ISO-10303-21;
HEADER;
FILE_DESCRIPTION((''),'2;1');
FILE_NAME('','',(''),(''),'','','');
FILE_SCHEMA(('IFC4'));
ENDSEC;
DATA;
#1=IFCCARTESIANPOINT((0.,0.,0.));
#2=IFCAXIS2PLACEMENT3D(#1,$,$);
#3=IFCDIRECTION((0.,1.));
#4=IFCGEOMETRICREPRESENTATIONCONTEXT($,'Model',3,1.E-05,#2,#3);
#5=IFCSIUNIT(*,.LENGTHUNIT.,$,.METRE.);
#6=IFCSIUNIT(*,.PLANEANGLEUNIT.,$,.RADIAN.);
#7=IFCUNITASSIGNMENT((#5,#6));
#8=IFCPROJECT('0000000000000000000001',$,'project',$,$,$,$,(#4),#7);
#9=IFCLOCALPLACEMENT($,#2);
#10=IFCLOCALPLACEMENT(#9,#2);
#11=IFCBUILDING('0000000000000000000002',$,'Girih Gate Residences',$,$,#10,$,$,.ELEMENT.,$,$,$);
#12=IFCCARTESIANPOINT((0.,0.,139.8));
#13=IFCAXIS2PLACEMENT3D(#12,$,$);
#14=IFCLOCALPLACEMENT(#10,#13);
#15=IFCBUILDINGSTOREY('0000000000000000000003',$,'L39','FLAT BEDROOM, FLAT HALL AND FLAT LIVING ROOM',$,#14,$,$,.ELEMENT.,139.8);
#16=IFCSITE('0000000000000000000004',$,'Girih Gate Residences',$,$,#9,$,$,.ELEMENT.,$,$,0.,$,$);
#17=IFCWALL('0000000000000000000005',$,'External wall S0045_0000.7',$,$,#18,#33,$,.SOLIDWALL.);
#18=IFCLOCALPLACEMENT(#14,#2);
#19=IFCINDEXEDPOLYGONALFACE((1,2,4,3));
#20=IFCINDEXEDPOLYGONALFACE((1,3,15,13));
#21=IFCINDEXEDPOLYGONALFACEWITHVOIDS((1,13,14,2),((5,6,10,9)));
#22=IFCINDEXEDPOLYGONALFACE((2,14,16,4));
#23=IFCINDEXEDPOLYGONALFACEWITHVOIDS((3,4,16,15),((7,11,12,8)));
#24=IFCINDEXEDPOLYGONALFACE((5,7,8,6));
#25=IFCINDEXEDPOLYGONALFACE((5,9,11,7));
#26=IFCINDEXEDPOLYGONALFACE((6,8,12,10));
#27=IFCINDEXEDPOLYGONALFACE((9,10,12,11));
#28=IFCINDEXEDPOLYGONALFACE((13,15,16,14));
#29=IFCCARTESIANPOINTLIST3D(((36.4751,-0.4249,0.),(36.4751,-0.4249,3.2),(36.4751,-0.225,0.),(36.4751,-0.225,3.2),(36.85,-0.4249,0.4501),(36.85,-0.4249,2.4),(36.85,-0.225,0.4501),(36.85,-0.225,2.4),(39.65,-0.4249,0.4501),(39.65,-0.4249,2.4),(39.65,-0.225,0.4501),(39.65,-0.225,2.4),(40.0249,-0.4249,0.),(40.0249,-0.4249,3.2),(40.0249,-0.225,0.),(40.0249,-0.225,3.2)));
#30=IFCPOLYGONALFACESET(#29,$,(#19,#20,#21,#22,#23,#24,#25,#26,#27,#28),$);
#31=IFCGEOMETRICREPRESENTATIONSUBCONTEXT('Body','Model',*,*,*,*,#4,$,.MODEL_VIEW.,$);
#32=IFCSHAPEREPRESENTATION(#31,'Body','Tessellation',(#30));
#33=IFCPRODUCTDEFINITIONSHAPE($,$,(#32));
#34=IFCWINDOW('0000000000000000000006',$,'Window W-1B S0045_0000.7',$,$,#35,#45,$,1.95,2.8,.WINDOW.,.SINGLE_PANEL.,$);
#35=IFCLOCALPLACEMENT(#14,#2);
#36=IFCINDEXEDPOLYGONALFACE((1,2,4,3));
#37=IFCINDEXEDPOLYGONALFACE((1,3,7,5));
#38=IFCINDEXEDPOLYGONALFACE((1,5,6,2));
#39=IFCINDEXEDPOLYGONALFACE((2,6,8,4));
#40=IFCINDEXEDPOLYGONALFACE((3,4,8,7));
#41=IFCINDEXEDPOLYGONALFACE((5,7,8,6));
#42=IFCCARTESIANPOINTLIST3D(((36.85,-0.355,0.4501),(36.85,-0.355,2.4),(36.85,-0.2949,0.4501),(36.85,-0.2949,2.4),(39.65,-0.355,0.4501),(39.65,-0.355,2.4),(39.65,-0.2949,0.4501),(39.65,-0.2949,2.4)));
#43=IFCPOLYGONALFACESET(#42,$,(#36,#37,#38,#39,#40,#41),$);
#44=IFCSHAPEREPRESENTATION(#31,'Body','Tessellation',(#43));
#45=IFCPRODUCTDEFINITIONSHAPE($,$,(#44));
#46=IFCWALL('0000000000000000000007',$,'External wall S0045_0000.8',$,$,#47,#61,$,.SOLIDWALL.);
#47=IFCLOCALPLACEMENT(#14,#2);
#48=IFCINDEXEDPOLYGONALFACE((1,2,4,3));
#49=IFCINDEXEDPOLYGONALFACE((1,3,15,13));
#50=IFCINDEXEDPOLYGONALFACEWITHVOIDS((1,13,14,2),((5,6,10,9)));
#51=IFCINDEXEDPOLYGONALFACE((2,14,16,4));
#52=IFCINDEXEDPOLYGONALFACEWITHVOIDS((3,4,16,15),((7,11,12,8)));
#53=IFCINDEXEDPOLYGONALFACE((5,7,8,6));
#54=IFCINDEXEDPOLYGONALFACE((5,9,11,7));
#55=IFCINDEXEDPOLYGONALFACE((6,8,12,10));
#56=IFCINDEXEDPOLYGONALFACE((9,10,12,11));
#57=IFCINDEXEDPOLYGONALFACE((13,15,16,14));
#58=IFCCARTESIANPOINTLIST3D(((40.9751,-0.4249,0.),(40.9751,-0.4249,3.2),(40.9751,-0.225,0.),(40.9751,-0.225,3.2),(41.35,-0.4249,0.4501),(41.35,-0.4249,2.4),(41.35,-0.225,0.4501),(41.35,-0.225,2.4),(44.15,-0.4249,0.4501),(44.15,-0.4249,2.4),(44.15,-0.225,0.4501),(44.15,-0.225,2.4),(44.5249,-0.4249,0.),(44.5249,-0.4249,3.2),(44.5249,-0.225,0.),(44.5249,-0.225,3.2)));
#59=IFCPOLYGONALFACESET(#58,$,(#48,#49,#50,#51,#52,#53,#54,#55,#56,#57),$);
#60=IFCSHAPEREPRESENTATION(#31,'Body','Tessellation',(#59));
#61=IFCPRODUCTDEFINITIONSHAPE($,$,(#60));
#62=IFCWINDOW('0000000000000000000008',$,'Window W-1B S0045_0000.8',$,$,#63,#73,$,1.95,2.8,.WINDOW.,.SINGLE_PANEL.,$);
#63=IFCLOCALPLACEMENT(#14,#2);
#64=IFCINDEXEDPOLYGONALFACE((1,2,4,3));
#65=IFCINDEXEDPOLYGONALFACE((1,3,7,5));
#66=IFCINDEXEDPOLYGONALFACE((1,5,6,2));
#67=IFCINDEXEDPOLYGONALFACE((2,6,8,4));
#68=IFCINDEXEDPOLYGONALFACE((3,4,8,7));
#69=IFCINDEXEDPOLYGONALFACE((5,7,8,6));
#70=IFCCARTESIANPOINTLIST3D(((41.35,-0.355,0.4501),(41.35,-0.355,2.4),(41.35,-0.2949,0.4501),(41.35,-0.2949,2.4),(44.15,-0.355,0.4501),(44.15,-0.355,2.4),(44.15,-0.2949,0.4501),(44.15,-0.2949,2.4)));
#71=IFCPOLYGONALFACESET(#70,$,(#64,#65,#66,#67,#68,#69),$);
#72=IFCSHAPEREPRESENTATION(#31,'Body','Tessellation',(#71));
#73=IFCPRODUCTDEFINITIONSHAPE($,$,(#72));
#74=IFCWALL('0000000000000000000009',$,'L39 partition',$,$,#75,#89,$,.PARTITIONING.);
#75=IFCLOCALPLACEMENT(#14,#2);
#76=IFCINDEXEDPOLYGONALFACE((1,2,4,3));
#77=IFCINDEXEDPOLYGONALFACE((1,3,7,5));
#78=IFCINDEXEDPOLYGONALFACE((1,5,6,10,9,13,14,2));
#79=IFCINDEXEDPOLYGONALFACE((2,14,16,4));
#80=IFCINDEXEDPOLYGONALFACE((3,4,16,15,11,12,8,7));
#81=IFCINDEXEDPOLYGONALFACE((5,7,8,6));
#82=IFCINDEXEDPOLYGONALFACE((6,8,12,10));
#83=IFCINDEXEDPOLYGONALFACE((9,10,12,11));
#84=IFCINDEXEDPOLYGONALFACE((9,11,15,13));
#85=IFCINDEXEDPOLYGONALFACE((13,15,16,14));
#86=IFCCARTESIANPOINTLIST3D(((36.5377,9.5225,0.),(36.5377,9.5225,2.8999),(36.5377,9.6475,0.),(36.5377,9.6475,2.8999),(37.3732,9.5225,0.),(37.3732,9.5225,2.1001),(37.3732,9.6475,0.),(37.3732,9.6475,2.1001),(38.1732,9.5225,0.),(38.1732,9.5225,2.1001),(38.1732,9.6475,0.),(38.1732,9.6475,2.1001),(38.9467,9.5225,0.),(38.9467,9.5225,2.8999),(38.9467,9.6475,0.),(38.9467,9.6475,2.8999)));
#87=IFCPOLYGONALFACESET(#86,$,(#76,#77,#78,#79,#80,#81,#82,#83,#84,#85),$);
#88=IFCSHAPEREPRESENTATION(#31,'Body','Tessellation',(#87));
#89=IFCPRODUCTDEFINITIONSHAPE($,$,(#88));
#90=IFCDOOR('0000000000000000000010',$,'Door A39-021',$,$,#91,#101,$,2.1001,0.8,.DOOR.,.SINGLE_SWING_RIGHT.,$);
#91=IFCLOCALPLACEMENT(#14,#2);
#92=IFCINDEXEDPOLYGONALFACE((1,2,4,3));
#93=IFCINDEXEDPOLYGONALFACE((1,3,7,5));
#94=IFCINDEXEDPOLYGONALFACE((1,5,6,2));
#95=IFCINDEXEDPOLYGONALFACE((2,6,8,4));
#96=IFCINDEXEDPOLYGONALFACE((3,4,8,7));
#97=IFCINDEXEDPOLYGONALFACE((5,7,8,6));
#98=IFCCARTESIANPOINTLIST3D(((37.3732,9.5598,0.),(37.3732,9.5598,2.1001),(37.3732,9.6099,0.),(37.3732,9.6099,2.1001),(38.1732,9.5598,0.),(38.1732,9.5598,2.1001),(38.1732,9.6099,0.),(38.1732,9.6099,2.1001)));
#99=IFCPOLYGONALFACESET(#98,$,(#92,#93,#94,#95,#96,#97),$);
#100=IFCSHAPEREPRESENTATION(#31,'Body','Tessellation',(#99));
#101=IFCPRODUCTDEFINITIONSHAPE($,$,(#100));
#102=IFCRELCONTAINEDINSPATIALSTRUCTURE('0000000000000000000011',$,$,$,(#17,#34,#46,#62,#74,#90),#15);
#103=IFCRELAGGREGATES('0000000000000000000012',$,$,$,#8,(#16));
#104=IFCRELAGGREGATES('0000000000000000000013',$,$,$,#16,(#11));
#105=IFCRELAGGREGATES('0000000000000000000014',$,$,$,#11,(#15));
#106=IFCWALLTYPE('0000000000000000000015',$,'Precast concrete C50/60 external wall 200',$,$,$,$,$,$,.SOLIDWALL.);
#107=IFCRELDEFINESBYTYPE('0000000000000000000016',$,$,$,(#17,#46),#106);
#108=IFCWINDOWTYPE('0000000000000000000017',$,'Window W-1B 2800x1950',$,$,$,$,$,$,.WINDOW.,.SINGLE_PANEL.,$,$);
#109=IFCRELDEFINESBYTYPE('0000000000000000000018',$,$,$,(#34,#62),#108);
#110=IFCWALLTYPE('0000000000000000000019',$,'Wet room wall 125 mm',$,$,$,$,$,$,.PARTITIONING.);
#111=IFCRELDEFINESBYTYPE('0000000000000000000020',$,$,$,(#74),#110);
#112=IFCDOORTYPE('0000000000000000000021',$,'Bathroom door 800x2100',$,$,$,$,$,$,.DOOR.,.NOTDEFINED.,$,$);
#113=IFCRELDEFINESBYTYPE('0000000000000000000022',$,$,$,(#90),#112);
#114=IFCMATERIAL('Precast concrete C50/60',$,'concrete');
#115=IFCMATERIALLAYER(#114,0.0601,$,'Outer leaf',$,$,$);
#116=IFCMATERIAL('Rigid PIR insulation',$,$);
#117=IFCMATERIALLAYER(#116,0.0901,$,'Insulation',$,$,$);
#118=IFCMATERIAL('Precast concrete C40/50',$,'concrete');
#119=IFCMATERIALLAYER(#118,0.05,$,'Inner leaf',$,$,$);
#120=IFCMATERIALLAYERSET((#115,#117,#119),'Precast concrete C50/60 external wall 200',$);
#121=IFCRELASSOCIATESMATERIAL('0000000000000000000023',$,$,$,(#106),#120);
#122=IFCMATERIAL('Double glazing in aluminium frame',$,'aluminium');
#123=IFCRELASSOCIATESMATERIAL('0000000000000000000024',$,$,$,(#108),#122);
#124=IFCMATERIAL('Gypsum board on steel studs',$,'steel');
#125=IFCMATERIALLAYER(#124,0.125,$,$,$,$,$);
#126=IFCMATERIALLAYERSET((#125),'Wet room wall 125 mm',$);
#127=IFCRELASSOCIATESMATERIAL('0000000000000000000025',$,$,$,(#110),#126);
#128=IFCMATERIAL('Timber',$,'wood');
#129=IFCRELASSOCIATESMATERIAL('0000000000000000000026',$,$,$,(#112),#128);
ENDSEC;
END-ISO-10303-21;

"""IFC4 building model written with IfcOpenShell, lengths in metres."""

from ifc_helpers import new_model, si_unit, direction, frame, frame_2d, origin, place, context, subcontext, project, spatial, rectangle, extrude, material, layer, layer_set, type_object, element, fill, save


model = new_model("IFC4")

# Units and contexts
model_context = context("Model", 3, precision=1e-05, world=origin(), true_north=direction((0.0, 1.0)))
body_context = subcontext(model_context, "Body", "Model", "MODEL_VIEW")
ifc_project = project(units=[si_unit("LENGTHUNIT", "METRE"), si_unit("PLANEANGLEUNIT", "RADIAN")], contexts=[model_context])

# Site, building, storey
site_placement = place(None, origin())
site = spatial("IfcSite", under=ifc_project, at=site_placement, Name="Girih Gate Residences", CompositionType="ELEMENT", RefElevation=0.0)
building_placement = place(site_placement, origin())
building = spatial("IfcBuilding", under=site, at=building_placement, Name="Girih Gate Residences", CompositionType="ELEMENT")
storey_placement = place(building_placement, frame((0.0, 0.0, 139.8)))
storey = spatial("IfcBuildingStorey", under=building, at=storey_placement, Name="L39", Description="FLAT BEDROOM, FLAT HALL AND FLAT LIVING ROOM", CompositionType="ELEMENT", Elevation=139.8)

# Shared definitions
ifc_material_1 = material(Name="Gypsum board on steel studs", Category="steel")
ifc_material_2 = material(Name="Timber", Category="wood")

# Walls, openings, windows
ifc_material_3 = material(Name="Precast concrete C50/60", Category="concrete")
ifc_layer_1 = layer(ifc_material_3, 0.0601, Name="Outer leaf")
ifc_material_4 = material(Name="Rigid PIR insulation")
ifc_layer_2 = layer(ifc_material_4, 0.0901, Name="Insulation")
ifc_material_5 = material(Name="Precast concrete C40/50", Category="concrete")
ifc_layer_3 = layer(ifc_material_5, 0.05, Name="Inner leaf")
ifc_layer_set_1 = layer_set([ifc_layer_1, ifc_layer_2, ifc_layer_3], Name="Precast concrete C50/60 external wall 200")
wall_type_1 = type_object("IfcWallType", Name="Precast concrete C50/60 external wall 200", PredefinedType="SOLIDWALL", material=ifc_layer_set_1)
wall_1_placement = place(storey_placement, frame((40.0249, -0.325, 0.0), z_axis=(0.0, 0.0, 1.0), x_axis=(-1.0, 0.0, 0.0)))
wall_1 = element("IfcWall", 1, at=wall_1_placement, inside=storey, type_object=wall_type_1, Name="External wall S0045_0000.7", PredefinedType="SOLIDWALL", context=body_context, shape_type="SweptSolid", body=[
    extrude(rectangle(XDim=3.5498, YDim=0.2, at=frame_2d((1.7749, 0.0))), origin(), (0.0, 0.0, 1.0), 3.2),
])
opening_1_placement = place(wall_1_placement, frame((0.375, 0.0, 0.45)))
opening_1 = element("IfcOpeningElement", 2, at=opening_1_placement, cuts=wall_1, PredefinedType="OPENING", context=body_context, shape_type="SweptSolid", body=[
    extrude(rectangle(XDim=2.8, YDim=1.95, at=frame_2d((1.3999, 0.9751))), frame((0.0, 0.1099, 0.0), z_axis=(0.0, -1.0, 0.0), x_axis=(1.0, 0.0, 0.0)), (0.0, 0.0, 1.0), 0.22),
])
ifc_material_6 = material(Name="Double glazing in aluminium frame", Category="aluminium")
window_type = type_object("IfcWindowType", Name="Window W-1B 2800x1950", PartitioningType="SINGLE_PANEL", PredefinedType="WINDOW", material=ifc_material_6)
window_1_placement = place(opening_1_placement, origin())
window_1 = element("IfcWindow", 3, at=window_1_placement, inside=storey, type_object=window_type, Name="Window W-1B S0045_0000.7", OverallHeight=1.95, OverallWidth=2.8, PartitioningType="SINGLE_PANEL", PredefinedType="WINDOW", context=body_context, shape_type="SweptSolid", body=[
    extrude(rectangle(XDim=2.8, YDim=1.95, at=frame_2d((1.3999, 0.9751))), frame((0.0, 0.03, 0.0), z_axis=(0.0, -1.0, 0.0), x_axis=(1.0, 0.0, 0.0)), (0.0, 0.0, 1.0), 0.0601),
])
fill(opening_1, window_1)
wall_2_placement = place(storey_placement, frame((44.5249, -0.325, 0.0), z_axis=(0.0, 0.0, 1.0), x_axis=(-1.0, 0.0, 0.0)))
wall_2 = element("IfcWall", 4, at=wall_2_placement, inside=storey, type_object=wall_type_1, Name="External wall S0045_0000.8", PredefinedType="SOLIDWALL", context=body_context, shape_type="SweptSolid", body=[
    extrude(rectangle(XDim=3.5498, YDim=0.2, at=frame_2d((1.7749, 0.0))), origin(), (0.0, 0.0, 1.0), 3.2),
])
opening_2_placement = place(wall_2_placement, frame((0.375, 0.0, 0.45)))
opening_2 = element("IfcOpeningElement", 5, at=opening_2_placement, cuts=wall_2, PredefinedType="OPENING", context=body_context, shape_type="SweptSolid", body=[
    extrude(rectangle(XDim=2.8, YDim=1.95, at=frame_2d((1.3999, 0.9751))), frame((0.0, 0.1099, 0.0), z_axis=(0.0, -1.0, 0.0), x_axis=(1.0, 0.0, 0.0)), (0.0, 0.0, 1.0), 0.22),
])
window_2_placement = place(opening_2_placement, origin())
window_2 = element("IfcWindow", 6, at=window_2_placement, inside=storey, type_object=window_type, Name="Window W-1B S0045_0000.8", OverallHeight=1.95, OverallWidth=2.8, PartitioningType="SINGLE_PANEL", PredefinedType="WINDOW", context=body_context, shape_type="SweptSolid", body=[
    extrude(rectangle(XDim=2.8, YDim=1.95, at=frame_2d((1.3999, 0.9751))), frame((0.0, 0.03, 0.0), z_axis=(0.0, -1.0, 0.0), x_axis=(1.0, 0.0, 0.0)), (0.0, 0.0, 1.0), 0.0601),
])
fill(opening_2, window_2)

# Wall, opening, door
ifc_layer_4 = layer(ifc_material_1, 0.125)
ifc_layer_set_2 = layer_set([ifc_layer_4], Name="Wet room wall 125 mm")
wall_type_2 = type_object("IfcWallType", Name="Wet room wall 125 mm", PredefinedType="PARTITIONING", material=ifc_layer_set_2)
wall_3_placement = place(storey_placement, frame((36.5376, 9.585, 0.0), z_axis=(0.0, 0.0, 1.0), x_axis=(1.0, 0.0, 0.0)))
wall_3 = element("IfcWall", 7, at=wall_3_placement, inside=storey, type_object=wall_type_2, Name="L39 partition", PredefinedType="PARTITIONING", context=body_context, shape_type="SweptSolid", body=[
    extrude(rectangle(XDim=2.4089, YDim=0.125, at=frame_2d((1.2046, 0.0))), origin(), (0.0, 0.0, 1.0), 2.8999),
])
opening_3_placement = place(wall_3_placement, frame((0.8357, 0.0, 0.0)))
opening_3 = element("IfcOpeningElement", 8, at=opening_3_placement, cuts=wall_3, PredefinedType="OPENING", context=body_context, shape_type="SweptSolid", body=[
    extrude(rectangle(XDim=0.8, YDim=2.1001, at=frame_2d((0.3999, 1.05))), frame((0.0, 0.0725, 0.0), z_axis=(0.0, -1.0, 0.0), x_axis=(1.0, 0.0, 0.0)), (0.0, 0.0, 1.0), 0.145),
])
door_type_1 = type_object("IfcDoorType", Name="Bathroom door 800x2100", OperationType="NOTDEFINED", PredefinedType="DOOR", material=ifc_material_2)
door_1_placement = place(opening_3_placement, origin())
door_1 = element("IfcDoor", 9, at=door_1_placement, inside=storey, type_object=door_type_1, Name="Door A39-021", OperationType="SINGLE_SWING_RIGHT", OverallHeight=2.1001, OverallWidth=0.8, PredefinedType="DOOR", context=body_context, shape_type="SweptSolid", body=[
    extrude(rectangle(XDim=0.8, YDim=2.1001, at=frame_2d((0.3999, 1.05))), frame((0.0, 0.0249, 0.0), z_axis=(0.0, -1.0, 0.0), x_axis=(1.0, 0.0, 0.0)), (0.0, 0.0, 1.0), 0.05),
])
fill(opening_3, door_1)

save(model, "model.ifc")
